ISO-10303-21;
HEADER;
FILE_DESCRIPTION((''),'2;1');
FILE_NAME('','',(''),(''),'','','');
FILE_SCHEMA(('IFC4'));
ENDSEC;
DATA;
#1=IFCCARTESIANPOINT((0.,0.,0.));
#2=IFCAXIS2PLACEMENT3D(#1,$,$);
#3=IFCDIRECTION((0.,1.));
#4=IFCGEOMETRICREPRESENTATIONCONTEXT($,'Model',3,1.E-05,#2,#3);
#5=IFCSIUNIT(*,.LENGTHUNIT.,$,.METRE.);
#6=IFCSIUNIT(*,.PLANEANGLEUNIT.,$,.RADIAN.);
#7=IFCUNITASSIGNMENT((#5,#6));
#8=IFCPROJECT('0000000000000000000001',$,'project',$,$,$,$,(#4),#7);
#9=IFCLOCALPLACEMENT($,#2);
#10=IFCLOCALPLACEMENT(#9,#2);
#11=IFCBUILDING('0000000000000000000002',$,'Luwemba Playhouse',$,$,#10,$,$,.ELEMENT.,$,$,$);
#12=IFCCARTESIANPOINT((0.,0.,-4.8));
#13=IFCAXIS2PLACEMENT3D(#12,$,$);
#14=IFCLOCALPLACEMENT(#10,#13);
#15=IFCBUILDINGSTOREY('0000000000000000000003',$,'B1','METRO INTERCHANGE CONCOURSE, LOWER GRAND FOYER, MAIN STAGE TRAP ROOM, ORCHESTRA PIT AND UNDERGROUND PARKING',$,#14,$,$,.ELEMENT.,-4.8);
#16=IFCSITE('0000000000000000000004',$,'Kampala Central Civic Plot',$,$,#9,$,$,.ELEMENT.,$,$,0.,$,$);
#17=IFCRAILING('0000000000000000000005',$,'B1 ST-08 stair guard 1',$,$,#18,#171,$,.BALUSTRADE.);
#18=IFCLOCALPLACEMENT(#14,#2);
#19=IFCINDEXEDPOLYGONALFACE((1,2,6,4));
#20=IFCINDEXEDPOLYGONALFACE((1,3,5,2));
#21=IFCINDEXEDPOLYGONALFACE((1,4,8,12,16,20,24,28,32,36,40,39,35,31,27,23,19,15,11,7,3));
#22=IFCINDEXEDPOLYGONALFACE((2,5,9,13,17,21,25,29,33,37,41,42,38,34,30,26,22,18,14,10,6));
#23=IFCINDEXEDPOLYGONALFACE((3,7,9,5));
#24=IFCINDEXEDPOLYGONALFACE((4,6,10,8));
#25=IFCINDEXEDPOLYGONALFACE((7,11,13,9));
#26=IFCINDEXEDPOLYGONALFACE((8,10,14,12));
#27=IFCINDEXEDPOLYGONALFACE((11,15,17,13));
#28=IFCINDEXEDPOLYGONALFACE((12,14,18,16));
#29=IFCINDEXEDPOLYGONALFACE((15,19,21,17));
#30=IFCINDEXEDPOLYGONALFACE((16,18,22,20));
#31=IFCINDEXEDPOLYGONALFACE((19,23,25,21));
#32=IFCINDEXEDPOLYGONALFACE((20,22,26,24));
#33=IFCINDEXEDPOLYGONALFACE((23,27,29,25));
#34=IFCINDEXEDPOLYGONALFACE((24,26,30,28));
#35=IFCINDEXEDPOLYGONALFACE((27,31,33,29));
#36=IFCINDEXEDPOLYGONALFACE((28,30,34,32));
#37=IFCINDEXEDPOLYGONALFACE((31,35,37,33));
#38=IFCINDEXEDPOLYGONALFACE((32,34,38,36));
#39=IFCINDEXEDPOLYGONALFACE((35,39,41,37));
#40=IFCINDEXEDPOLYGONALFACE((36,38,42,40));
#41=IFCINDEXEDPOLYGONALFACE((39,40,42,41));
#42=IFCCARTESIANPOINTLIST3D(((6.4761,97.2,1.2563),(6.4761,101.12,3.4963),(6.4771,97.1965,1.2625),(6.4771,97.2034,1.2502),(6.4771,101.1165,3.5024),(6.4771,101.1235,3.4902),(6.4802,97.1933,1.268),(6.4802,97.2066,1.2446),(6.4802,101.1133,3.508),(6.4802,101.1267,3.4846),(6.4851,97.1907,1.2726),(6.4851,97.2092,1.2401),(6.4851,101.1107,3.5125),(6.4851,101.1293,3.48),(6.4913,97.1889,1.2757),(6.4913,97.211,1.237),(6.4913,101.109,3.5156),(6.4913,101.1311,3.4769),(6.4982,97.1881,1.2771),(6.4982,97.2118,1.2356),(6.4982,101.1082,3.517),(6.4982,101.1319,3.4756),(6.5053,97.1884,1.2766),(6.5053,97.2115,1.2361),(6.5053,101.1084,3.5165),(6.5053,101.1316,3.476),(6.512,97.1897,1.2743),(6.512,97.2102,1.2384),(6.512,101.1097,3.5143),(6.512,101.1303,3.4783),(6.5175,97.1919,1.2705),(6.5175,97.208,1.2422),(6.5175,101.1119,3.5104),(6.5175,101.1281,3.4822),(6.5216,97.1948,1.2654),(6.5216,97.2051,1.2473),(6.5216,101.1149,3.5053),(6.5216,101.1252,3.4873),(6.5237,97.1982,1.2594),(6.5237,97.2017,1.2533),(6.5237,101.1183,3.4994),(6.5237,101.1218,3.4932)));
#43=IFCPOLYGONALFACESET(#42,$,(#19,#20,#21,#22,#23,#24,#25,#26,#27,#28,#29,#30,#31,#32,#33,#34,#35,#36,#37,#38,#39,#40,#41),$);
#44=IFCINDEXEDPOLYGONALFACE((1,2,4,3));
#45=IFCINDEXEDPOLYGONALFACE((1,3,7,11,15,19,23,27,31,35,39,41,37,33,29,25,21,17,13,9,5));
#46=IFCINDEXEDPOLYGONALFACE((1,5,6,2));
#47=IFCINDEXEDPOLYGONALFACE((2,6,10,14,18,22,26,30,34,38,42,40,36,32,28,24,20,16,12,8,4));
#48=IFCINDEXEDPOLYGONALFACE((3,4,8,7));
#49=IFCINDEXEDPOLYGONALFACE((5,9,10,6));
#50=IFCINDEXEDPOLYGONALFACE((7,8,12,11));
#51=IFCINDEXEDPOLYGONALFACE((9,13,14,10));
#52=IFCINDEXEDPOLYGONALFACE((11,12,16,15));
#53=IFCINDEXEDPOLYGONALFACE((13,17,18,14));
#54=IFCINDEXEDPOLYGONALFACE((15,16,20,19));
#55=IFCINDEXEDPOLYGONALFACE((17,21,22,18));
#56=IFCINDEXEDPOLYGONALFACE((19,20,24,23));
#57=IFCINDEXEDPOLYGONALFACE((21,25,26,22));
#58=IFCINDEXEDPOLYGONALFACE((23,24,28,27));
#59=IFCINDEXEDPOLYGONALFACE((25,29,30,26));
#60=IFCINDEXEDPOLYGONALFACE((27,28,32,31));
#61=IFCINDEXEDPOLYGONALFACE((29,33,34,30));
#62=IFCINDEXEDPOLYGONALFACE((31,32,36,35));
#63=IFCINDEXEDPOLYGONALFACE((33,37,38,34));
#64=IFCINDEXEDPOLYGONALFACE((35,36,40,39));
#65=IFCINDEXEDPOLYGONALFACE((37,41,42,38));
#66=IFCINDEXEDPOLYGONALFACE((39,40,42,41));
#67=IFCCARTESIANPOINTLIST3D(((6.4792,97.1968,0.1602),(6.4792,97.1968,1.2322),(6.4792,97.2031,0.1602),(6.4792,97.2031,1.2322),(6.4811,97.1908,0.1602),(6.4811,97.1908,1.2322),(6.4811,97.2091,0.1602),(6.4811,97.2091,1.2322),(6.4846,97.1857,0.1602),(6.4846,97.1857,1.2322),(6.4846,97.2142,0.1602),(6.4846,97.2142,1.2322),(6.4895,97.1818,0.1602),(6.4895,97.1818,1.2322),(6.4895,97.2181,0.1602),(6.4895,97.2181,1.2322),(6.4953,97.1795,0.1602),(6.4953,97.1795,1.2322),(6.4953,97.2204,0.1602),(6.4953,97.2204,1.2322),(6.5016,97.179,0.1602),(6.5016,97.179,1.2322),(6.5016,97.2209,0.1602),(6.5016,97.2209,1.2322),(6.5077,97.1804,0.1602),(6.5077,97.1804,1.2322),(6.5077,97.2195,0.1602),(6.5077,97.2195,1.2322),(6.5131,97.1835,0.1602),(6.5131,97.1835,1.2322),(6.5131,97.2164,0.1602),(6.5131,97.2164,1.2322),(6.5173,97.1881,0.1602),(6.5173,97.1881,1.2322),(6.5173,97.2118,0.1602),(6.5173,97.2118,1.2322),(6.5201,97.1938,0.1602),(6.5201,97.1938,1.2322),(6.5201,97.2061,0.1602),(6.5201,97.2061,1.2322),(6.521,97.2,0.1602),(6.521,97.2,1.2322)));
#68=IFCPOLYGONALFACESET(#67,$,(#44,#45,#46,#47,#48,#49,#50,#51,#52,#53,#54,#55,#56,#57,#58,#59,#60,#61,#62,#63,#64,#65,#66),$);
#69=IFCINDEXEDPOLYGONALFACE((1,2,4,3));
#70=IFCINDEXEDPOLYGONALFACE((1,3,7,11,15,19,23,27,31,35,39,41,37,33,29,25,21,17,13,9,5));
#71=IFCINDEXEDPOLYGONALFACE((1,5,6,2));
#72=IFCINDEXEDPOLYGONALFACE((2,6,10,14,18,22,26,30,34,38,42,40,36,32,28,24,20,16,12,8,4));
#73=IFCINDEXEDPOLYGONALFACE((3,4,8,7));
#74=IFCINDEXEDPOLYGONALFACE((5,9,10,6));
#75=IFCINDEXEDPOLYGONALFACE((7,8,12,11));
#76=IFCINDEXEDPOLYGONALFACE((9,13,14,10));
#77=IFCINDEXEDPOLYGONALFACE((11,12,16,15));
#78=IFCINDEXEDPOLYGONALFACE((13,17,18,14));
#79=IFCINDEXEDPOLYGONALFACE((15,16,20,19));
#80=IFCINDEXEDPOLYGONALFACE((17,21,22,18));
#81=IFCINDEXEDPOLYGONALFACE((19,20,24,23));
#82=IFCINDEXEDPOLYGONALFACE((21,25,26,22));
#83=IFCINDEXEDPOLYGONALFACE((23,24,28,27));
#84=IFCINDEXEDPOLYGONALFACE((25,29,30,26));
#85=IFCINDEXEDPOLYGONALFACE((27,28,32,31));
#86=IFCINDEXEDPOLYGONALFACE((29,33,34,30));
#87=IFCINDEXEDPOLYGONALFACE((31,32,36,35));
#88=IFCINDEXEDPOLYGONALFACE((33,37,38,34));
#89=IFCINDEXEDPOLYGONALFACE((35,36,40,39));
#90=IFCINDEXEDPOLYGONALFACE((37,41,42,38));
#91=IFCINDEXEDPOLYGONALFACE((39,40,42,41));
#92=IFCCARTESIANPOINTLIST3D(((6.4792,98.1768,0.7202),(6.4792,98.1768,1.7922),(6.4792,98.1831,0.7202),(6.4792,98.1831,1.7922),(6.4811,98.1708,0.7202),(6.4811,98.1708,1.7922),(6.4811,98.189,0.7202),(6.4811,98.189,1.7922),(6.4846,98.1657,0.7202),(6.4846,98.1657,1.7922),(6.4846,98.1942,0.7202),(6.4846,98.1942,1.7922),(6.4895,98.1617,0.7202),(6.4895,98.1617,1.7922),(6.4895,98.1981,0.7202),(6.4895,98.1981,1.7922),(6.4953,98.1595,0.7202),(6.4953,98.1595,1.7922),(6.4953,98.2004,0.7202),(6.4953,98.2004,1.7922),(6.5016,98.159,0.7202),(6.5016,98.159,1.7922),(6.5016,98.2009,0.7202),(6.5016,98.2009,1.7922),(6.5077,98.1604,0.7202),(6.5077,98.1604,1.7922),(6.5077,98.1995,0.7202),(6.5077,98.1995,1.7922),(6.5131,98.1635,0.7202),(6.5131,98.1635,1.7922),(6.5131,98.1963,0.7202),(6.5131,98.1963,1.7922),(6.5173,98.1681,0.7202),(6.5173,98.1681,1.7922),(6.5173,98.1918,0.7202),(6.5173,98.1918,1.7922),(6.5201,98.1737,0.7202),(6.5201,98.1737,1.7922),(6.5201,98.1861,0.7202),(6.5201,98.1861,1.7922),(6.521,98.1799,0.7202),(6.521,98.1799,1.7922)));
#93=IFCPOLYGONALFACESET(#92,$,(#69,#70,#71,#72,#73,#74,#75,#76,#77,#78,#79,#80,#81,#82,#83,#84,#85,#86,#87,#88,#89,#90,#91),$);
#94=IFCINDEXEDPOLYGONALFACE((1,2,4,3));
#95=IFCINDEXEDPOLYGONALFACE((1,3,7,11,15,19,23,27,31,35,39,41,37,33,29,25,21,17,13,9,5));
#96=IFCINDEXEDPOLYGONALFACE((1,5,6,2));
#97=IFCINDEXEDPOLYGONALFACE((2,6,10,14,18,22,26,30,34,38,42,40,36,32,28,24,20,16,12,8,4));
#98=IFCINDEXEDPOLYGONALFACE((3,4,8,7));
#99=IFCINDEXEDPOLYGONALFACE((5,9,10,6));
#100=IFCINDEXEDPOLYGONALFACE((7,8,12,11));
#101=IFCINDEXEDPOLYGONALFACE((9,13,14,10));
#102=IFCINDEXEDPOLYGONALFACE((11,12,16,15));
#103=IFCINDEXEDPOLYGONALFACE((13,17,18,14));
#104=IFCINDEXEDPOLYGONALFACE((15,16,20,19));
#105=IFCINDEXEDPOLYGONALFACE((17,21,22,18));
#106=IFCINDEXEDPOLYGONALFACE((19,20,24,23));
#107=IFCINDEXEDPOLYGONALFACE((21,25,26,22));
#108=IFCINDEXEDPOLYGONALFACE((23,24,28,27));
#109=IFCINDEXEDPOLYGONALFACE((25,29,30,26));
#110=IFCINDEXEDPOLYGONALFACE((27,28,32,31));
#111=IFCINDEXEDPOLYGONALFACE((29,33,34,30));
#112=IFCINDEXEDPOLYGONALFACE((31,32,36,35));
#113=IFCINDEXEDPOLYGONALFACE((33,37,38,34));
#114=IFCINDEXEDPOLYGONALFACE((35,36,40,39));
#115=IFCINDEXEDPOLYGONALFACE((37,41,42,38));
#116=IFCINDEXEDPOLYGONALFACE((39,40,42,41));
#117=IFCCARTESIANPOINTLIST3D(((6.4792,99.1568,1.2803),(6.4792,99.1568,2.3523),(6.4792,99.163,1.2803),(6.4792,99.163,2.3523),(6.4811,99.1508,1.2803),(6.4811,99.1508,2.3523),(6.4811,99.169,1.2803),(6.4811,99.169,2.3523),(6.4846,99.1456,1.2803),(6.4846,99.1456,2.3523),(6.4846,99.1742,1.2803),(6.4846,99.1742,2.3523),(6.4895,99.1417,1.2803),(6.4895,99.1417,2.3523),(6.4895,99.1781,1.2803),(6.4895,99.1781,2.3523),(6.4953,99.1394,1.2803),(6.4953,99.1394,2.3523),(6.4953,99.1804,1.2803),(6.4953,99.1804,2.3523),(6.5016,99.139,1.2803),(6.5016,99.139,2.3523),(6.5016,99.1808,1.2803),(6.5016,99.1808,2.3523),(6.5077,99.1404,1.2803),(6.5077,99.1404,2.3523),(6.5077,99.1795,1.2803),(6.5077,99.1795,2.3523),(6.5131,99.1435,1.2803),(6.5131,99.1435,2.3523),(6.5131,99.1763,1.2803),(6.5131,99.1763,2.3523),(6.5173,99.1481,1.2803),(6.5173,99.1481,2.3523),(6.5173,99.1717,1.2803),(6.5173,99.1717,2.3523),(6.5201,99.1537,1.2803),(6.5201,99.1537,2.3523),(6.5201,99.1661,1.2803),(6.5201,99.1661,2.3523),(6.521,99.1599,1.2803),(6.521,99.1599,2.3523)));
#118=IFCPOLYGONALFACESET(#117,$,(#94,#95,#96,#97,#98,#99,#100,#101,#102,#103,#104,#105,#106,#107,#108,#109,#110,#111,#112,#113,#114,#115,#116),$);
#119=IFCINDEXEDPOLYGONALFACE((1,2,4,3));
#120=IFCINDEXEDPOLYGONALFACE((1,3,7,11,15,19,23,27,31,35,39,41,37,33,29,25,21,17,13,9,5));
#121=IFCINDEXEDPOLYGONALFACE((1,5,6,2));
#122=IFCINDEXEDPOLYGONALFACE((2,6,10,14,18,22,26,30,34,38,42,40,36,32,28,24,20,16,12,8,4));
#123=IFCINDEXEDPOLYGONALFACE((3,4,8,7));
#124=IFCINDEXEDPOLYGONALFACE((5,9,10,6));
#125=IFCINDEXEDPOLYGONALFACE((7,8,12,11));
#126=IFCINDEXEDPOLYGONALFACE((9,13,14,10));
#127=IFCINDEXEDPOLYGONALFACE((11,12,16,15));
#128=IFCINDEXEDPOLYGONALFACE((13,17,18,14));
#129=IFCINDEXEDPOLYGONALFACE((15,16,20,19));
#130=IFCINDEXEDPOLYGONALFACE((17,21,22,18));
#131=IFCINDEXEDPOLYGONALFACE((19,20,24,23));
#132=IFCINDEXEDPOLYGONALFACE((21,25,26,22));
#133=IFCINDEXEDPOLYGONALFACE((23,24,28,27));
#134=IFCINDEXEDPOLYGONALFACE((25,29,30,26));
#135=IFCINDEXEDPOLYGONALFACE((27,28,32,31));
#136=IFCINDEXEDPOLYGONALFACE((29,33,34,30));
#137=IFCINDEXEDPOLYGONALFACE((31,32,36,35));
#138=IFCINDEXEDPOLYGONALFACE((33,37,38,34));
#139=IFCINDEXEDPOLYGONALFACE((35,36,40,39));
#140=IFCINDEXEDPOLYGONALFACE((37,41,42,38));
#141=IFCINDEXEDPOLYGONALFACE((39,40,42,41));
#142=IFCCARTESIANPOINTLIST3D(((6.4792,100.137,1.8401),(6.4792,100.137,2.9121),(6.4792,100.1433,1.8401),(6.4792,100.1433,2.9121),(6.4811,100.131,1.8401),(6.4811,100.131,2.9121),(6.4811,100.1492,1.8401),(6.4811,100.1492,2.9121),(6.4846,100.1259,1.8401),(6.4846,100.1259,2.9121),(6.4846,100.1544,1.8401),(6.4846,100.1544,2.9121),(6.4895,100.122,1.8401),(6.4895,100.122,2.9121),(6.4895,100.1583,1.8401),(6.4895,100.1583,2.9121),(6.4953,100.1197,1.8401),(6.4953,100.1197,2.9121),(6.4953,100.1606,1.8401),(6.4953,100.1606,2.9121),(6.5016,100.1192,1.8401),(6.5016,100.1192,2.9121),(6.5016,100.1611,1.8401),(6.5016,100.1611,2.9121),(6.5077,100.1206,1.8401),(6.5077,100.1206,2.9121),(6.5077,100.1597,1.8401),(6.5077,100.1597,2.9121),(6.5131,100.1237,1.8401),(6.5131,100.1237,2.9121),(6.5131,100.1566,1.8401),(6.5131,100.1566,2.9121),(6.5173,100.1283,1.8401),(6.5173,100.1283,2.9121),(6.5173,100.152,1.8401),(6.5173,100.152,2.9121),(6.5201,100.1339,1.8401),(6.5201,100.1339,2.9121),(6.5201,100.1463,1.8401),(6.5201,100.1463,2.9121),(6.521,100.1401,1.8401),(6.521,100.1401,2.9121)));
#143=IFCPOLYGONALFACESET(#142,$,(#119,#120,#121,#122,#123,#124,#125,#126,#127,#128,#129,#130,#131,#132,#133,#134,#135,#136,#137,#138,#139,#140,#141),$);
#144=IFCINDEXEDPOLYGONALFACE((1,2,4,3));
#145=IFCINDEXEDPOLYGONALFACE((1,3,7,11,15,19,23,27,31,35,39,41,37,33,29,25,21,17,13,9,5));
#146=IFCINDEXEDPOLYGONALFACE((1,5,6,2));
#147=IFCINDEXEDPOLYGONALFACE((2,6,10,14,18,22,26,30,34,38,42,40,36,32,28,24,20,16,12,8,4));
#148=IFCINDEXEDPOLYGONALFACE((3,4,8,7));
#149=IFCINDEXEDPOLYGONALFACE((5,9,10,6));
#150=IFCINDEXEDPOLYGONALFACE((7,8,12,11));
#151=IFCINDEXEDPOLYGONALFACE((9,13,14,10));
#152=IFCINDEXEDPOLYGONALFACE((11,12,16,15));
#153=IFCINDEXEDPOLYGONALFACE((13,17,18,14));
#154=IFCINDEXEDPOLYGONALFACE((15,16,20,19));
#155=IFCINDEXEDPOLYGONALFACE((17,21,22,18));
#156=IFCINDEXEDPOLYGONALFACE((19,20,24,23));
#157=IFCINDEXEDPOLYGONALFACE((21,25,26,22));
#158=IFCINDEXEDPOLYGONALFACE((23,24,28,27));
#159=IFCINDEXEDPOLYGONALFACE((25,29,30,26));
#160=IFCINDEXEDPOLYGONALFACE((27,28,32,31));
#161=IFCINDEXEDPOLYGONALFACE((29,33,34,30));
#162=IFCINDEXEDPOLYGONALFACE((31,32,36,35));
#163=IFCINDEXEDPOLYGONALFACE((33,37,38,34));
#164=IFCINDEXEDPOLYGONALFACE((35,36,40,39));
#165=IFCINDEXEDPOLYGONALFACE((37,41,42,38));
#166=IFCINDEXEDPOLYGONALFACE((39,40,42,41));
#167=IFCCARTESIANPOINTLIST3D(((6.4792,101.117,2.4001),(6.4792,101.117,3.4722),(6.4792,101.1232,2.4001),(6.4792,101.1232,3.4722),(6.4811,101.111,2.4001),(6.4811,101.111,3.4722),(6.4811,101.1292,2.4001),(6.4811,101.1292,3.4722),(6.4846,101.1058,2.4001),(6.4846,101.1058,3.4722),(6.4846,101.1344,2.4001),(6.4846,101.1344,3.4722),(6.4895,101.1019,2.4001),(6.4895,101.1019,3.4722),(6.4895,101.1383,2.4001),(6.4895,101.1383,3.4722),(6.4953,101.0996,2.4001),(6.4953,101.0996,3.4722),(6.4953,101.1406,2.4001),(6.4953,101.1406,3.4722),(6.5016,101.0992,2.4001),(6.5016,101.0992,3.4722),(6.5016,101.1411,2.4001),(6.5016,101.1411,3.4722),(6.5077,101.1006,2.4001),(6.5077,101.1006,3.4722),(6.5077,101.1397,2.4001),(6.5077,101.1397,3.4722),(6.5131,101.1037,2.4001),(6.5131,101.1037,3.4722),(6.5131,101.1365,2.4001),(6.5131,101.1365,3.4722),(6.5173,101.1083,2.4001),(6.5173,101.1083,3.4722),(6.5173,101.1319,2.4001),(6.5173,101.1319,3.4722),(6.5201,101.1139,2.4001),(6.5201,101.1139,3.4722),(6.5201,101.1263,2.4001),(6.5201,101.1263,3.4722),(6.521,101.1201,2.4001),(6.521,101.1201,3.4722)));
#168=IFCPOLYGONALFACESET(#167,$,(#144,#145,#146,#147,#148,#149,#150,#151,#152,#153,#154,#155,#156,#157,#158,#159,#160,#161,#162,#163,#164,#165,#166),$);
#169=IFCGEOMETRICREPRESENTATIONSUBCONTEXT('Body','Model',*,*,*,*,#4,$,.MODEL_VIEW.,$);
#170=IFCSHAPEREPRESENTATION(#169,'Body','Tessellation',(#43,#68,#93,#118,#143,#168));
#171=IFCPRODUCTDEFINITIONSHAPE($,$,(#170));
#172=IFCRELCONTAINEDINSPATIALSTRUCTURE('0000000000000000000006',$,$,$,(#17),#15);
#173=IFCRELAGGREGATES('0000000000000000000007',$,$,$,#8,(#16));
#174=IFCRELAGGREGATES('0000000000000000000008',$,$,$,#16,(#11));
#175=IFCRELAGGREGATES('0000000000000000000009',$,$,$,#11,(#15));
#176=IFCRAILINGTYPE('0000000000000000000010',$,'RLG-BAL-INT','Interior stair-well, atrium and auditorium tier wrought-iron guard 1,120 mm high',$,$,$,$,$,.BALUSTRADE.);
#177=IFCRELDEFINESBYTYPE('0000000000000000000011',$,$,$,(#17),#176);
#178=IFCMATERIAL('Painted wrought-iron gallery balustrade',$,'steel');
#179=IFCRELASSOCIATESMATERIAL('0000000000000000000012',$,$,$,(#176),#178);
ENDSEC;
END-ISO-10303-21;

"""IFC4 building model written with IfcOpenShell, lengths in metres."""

from ifc_helpers import new_model, si_unit, direction, frame, origin, origin_2d, place, context, subcontext, project, spatial, circle, extrude, material, type_object, element, save


model = new_model("IFC4")

# Units and contexts
model_context = context("Model", 3, precision=1e-05, world=origin(), true_north=direction((0.0, 1.0)))
body_context = subcontext(model_context, "Body", "Model", "MODEL_VIEW")
ifc_project = project(units=[si_unit("LENGTHUNIT", "METRE"), si_unit("PLANEANGLEUNIT", "RADIAN")], contexts=[model_context])

# Site, building, storey
site_placement = place(None, origin())
site = spatial("IfcSite", under=ifc_project, at=site_placement, Name="Kampala Central Civic Plot", CompositionType="ELEMENT", RefElevation=0.0)
building_placement = place(site_placement, origin())
building = spatial("IfcBuilding", under=site, at=building_placement, Name="Luwemba Playhouse", CompositionType="ELEMENT")
storey_placement = place(building_placement, frame((0.0, 0.0, -4.8)))
storey = spatial("IfcBuildingStorey", under=building, at=storey_placement, Name="B1", Description="METRO INTERCHANGE CONCOURSE, LOWER GRAND FOYER, MAIN STAGE TRAP ROOM, ORCHESTRA PIT AND UNDERGROUND PARKING", CompositionType="ELEMENT", Elevation=-4.8)

# Railing
ifc_material_1 = material(Name="Painted wrought-iron gallery balustrade", Category="steel")
railing_type_1 = type_object("IfcRailingType", Name="RLG-BAL-INT", Description="Interior stair-well, atrium and auditorium tier wrought-iron guard 1,120 mm high", PredefinedType="BALUSTRADE", material=ifc_material_1)
railing_1_placement = place(storey_placement, frame((6.5, 97.2, 0.1602)))
element("IfcRailing", 1, at=railing_1_placement, inside=storey, type_object=railing_type_1, Name="B1 ST-08 stair guard 1", PredefinedType="BALUSTRADE", context=body_context, shape_type="SweptSolid", body=[
    extrude(circle(Radius=0.0239, at=origin_2d()), frame((0.0, 0.0, 1.0962), z_axis=(0.0, 0.868253, 0.496121), x_axis=(-1.0, 0.0, 0.0)), (0.0, 0.0, 1.0), 4.5149),
    extrude(circle(Radius=0.021, at=origin_2d()), origin(), (0.0, 0.0, 1.0), 1.072),
    extrude(circle(Radius=0.021, at=origin_2d()), frame((0.0, 0.98, 0.5601)), (0.0, 0.0, 1.0), 1.072),
    extrude(circle(Radius=0.021, at=origin_2d()), frame((0.0, 1.96, 1.1201)), (0.0, 0.0, 1.0), 1.072),
    extrude(circle(Radius=0.021, at=origin_2d()), frame((0.0, 2.9402, 1.6799)), (0.0, 0.0, 1.0), 1.072),
    extrude(circle(Radius=0.021, at=origin_2d()), frame((0.0, 3.9202, 2.24)), (0.0, 0.0, 1.0), 1.072),
])

save(model, "model.ifc")
